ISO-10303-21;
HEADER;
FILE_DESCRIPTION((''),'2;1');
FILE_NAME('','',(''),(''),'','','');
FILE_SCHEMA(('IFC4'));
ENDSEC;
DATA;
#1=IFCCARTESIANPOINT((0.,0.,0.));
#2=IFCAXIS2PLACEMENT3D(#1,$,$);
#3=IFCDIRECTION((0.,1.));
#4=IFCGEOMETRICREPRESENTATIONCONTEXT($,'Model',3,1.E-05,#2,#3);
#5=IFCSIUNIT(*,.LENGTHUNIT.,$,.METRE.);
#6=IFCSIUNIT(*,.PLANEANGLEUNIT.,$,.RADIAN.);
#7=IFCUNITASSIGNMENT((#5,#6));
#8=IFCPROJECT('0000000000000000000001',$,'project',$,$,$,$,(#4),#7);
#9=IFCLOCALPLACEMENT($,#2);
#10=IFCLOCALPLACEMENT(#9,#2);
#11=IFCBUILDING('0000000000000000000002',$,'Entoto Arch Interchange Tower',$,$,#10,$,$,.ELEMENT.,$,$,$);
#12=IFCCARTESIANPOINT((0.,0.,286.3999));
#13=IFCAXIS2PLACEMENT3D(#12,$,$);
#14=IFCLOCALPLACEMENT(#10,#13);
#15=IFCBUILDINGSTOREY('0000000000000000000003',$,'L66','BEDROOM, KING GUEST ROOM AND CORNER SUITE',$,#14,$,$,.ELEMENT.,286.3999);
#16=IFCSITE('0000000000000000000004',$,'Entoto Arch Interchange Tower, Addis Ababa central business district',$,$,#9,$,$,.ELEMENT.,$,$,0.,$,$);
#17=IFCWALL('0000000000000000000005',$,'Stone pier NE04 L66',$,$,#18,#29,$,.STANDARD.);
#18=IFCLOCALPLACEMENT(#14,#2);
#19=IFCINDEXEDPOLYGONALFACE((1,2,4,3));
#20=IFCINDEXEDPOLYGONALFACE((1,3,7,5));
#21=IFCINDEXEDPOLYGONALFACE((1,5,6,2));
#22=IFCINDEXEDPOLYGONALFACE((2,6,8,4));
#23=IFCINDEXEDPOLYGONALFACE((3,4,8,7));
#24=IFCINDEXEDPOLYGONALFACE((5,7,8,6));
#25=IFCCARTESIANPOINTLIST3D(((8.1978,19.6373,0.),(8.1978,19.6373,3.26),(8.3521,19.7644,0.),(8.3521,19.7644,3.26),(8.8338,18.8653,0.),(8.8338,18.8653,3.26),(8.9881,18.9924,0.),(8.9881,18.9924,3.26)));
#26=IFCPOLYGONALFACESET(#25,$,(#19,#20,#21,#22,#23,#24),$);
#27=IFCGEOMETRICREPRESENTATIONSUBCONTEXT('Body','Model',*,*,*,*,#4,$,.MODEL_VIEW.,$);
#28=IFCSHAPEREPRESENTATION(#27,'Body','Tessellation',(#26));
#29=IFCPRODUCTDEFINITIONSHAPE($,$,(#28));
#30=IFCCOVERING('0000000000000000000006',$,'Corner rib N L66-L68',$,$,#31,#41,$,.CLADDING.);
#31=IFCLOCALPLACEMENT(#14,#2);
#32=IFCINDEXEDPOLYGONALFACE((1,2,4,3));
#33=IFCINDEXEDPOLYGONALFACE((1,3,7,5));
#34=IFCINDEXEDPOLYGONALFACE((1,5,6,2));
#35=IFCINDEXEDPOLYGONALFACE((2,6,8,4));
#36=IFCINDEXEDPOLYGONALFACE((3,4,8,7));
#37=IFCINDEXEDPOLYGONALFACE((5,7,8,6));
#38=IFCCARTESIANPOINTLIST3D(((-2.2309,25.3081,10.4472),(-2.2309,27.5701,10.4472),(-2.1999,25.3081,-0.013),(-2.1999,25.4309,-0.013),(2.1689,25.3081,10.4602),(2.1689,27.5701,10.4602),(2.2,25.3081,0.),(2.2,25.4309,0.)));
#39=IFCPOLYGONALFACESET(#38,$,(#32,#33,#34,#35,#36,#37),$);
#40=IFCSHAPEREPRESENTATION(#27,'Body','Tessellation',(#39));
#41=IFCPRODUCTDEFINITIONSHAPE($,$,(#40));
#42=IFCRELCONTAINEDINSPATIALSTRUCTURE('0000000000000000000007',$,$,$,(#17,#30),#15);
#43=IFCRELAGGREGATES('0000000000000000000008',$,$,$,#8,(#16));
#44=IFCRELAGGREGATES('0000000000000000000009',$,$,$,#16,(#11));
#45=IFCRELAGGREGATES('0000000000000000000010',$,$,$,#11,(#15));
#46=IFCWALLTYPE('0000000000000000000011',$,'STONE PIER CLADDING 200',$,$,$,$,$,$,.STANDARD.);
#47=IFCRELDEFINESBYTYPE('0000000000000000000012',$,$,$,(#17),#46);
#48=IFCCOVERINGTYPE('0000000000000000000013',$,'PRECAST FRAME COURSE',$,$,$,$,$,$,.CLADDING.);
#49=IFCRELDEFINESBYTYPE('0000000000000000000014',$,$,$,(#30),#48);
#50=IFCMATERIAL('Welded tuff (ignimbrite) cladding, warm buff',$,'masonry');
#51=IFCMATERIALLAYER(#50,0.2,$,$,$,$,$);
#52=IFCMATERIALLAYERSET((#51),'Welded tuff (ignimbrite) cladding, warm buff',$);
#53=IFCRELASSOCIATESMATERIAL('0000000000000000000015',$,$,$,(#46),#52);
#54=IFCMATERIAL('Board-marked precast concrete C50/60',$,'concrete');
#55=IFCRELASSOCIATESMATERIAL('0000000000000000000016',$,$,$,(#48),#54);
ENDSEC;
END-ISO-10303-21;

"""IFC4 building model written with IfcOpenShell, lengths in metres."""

from ifc_helpers import new_model, si_unit, direction, frame, frame_2d, origin, place, context, subcontext, project, spatial, polyline, rectangle, outline, extrude, material, layer, layer_set, type_object, element, save


model = new_model("IFC4")

# Units and contexts
model_context = context("Model", 3, precision=1e-05, world=origin(), true_north=direction((0.0, 1.0)))
body_context = subcontext(model_context, "Body", "Model", "MODEL_VIEW")
ifc_project = project(units=[si_unit("LENGTHUNIT", "METRE"), si_unit("PLANEANGLEUNIT", "RADIAN")], contexts=[model_context])

# Site, building, storey
site_placement = place(None, origin())
site = spatial("IfcSite", under=ifc_project, at=site_placement, Name="Entoto Arch Interchange Tower, Addis Ababa central business district", CompositionType="ELEMENT", RefElevation=0.0)
building_placement = place(site_placement, origin())
building = spatial("IfcBuilding", under=site, at=building_placement, Name="Entoto Arch Interchange Tower", CompositionType="ELEMENT")
storey_placement = place(building_placement, frame((0.0, 0.0, 286.3999)))
storey = spatial("IfcBuildingStorey", under=building, at=storey_placement, Name="L66", Description="BEDROOM, KING GUEST ROOM AND CORNER SUITE", CompositionType="ELEMENT", Elevation=286.3999)

# Shared definitions
ifc_material_1 = material(Name="Board-marked precast concrete C50/60", Category="concrete")

# Shared definitions
ifc_material_2 = material(Name="Welded tuff (ignimbrite) cladding, warm buff", Category="masonry")

# Wall
ifc_layer_1 = layer(ifc_material_2, 0.2)
ifc_layer_set_1 = layer_set([ifc_layer_1], Name="Welded tuff (ignimbrite) cladding, warm buff")
wall_type_1 = type_object("IfcWallType", Name="STONE PIER CLADDING 200", PredefinedType="STANDARD", material=ifc_layer_set_1)
for number, where, z_axis, x_axis, name in (
    (1, (8.9109, 18.929, 0.0), (0.0, 0.0, 1.0), (-0.635853, 0.77181, 0.0), "Stone pier NE04 L66"),
):
    element("IfcWall", number, at=place(storey_placement, frame(where, z_axis=z_axis, x_axis=x_axis)), inside=storey, type_object=wall_type_1, Name=name, PredefinedType="STANDARD", context=body_context, shape_type="SweptSolid", body=[
        extrude(rectangle(XDim=1.0002, YDim=0.2, at=frame_2d((0.5, 0.0))), origin(), (0.0, 0.0, 1.0), 3.26),
    ])

# Covering
covering_type = type_object("IfcCoveringType", Name="PRECAST FRAME COURSE", PredefinedType="CLADDING", material=ifc_material_1)
covering_placement = place(storey_placement, frame((2.2, 25.3081, 0.0), z_axis=(0.999996, 0.0, 0.002964), x_axis=(0.0, 1.0, 0.0)))
element("IfcCovering", 2, at=covering_placement, inside=storey, type_object=covering_type, Name="Corner rib N L66-L68", PredefinedType="CLADDING", context=body_context, shape_type="SweptSolid", body=[
    extrude(outline(polyline([(0.0, 0.0), (0.1228, 0.0), (2.262, 10.4603), (0.0, 10.4603), (0.0, 0.0)])), origin(), (0.0, 0.0, -1.0), 4.3999),
])

save(model, "model.ifc")
